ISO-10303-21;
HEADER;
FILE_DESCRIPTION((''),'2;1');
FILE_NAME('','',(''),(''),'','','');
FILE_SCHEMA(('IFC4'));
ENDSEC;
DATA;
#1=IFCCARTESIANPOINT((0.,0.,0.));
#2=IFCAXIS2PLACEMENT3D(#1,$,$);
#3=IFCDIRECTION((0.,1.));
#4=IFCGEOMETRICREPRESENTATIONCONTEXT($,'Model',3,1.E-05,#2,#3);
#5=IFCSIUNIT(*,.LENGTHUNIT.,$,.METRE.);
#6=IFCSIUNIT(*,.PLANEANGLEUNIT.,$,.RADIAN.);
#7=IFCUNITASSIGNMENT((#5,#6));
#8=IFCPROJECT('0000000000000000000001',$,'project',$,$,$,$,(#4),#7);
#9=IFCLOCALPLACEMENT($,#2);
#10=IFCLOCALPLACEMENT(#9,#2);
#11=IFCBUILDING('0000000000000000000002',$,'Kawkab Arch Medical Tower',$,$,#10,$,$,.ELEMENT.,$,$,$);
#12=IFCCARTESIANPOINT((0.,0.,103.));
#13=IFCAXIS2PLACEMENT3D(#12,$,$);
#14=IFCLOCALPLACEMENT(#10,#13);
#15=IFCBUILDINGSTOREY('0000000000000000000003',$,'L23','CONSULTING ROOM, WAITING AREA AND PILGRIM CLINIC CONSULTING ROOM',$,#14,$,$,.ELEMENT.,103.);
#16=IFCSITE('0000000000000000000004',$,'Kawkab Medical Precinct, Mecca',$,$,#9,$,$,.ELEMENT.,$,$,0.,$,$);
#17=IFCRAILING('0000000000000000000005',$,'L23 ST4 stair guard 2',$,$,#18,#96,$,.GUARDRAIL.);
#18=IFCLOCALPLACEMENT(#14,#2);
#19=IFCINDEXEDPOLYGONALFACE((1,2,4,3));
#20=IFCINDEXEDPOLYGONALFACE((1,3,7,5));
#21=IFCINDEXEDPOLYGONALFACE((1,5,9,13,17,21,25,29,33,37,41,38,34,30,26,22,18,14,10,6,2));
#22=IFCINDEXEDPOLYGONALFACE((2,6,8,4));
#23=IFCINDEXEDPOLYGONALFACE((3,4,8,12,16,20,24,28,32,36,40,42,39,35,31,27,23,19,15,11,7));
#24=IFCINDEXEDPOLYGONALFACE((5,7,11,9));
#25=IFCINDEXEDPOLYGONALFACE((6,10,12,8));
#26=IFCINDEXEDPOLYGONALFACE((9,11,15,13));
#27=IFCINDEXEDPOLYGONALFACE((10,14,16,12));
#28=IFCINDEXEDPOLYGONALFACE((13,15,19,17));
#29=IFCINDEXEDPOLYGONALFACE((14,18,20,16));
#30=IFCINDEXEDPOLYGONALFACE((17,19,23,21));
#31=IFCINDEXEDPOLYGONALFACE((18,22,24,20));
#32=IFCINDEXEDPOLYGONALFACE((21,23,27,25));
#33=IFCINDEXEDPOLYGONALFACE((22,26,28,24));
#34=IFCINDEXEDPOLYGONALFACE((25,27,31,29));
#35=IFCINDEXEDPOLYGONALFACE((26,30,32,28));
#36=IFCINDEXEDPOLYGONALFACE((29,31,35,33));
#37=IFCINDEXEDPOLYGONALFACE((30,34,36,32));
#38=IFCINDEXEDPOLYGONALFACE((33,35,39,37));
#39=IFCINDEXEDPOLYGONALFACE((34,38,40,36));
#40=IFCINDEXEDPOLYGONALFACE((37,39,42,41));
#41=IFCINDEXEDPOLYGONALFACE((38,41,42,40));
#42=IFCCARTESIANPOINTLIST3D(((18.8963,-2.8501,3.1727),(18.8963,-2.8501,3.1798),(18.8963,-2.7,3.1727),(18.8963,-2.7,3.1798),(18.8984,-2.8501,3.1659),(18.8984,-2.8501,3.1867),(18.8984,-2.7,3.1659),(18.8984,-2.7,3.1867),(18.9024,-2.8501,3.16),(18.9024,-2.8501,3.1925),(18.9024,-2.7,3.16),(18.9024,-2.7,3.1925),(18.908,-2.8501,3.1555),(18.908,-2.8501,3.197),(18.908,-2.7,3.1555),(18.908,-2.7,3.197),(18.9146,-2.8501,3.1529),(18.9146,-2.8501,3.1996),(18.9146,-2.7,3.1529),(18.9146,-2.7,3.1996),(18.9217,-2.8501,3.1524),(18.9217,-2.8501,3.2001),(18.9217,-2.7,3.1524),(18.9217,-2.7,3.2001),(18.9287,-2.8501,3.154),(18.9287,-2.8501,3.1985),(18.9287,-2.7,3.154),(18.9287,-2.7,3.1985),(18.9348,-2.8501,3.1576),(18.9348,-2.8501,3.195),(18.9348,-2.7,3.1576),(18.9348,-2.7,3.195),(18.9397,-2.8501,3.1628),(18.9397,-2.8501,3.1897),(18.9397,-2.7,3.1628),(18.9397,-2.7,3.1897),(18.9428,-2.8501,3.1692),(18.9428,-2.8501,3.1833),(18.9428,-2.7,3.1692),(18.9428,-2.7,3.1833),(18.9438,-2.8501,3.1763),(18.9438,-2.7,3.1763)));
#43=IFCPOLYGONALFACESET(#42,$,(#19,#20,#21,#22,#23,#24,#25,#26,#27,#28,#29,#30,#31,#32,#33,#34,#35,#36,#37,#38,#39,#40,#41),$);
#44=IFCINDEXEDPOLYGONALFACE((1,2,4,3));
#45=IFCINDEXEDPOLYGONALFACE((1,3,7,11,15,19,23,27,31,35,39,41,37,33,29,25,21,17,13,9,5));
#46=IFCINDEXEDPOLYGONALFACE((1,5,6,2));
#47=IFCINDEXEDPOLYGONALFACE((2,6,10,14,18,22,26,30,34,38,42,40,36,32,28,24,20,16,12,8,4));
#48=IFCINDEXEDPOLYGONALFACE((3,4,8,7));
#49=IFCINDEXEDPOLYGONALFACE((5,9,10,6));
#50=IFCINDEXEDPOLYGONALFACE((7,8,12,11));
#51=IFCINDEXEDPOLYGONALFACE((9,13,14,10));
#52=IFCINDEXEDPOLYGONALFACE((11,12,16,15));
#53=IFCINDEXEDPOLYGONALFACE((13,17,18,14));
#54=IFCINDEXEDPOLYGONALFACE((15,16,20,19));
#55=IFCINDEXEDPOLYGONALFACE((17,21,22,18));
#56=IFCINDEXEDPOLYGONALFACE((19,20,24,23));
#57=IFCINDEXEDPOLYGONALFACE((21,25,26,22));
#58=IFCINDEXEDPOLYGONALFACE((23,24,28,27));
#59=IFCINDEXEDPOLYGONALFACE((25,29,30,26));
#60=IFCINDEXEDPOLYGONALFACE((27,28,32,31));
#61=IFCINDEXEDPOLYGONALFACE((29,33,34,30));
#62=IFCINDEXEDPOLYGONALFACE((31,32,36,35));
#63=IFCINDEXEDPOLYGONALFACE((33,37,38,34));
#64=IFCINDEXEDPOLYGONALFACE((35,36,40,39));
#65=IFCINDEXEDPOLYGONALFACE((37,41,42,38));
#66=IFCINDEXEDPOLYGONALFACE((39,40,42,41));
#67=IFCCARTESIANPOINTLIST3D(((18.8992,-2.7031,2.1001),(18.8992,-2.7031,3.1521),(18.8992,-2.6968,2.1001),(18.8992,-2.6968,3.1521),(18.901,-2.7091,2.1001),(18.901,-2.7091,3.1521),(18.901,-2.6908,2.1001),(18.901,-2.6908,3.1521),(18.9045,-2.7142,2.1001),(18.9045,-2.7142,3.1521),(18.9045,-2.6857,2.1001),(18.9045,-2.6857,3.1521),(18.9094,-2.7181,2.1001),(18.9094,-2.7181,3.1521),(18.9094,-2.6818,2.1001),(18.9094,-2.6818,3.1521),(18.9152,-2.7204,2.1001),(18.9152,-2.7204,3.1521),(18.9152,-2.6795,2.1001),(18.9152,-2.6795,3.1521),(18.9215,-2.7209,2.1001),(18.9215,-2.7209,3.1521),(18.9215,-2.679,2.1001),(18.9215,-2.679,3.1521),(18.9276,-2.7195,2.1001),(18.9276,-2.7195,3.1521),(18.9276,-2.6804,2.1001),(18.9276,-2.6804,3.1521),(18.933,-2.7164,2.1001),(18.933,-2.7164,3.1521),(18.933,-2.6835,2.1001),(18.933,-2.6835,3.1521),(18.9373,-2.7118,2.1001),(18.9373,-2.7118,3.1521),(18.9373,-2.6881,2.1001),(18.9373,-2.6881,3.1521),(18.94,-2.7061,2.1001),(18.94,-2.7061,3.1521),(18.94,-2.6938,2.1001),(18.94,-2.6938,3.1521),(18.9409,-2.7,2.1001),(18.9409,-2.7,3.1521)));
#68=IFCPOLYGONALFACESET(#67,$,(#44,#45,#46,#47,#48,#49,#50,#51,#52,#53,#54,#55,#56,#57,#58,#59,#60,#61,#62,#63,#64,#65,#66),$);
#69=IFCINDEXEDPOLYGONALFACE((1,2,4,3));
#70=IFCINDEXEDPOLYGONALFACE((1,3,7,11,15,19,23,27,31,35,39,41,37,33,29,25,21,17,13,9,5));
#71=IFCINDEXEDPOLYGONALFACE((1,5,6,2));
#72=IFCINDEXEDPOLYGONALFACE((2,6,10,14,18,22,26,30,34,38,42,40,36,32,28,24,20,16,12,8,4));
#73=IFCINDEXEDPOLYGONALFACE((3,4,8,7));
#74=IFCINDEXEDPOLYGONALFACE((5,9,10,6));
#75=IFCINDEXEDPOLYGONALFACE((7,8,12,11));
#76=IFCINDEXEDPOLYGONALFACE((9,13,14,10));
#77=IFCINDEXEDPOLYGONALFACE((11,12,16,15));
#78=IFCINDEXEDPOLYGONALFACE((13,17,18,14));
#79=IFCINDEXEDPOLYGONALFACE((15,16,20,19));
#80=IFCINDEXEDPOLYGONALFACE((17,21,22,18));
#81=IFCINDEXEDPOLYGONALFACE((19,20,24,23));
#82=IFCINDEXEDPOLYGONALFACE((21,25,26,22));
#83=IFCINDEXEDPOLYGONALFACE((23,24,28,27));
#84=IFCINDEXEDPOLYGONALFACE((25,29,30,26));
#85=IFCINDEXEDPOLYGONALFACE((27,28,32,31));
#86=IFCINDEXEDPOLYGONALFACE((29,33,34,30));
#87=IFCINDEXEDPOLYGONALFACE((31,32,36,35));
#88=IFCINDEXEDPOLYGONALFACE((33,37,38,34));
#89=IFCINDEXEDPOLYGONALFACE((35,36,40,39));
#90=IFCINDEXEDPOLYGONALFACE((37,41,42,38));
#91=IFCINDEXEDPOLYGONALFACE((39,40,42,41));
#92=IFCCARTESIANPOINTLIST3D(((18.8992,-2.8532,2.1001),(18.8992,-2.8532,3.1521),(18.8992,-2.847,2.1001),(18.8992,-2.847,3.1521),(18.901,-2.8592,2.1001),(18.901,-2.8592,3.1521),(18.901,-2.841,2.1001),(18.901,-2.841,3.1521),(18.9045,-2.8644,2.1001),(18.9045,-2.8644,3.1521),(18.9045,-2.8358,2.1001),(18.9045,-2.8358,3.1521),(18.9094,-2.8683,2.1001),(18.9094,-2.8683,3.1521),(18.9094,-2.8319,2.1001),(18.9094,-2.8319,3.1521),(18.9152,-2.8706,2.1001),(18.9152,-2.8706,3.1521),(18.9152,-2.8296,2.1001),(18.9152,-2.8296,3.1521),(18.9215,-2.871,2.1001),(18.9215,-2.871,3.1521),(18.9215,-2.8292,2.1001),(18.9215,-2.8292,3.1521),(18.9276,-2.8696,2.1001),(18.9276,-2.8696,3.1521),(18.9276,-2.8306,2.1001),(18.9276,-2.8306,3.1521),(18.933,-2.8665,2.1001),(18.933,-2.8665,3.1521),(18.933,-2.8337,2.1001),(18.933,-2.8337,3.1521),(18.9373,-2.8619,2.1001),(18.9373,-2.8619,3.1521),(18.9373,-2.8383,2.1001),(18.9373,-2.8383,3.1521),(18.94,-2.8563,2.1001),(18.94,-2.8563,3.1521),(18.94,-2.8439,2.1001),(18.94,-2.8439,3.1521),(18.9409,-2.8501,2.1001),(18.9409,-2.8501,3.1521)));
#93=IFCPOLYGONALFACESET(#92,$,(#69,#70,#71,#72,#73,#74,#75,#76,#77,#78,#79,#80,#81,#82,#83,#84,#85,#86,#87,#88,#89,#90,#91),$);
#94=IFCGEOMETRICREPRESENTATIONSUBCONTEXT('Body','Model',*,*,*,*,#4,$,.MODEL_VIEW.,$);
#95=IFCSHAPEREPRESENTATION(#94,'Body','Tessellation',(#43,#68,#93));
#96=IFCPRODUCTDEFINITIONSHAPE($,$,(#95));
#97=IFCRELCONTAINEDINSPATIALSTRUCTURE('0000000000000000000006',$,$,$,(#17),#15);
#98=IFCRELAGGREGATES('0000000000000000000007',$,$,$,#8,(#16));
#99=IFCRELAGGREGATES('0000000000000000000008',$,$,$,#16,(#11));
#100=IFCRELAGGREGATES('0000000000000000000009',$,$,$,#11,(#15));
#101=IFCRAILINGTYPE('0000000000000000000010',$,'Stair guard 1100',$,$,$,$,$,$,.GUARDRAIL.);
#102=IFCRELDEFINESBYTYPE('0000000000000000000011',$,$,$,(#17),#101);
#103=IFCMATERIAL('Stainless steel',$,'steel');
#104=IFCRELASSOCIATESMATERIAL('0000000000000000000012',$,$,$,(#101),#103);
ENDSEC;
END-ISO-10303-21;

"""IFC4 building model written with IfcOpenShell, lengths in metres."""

from ifc_helpers import new_model, si_unit, direction, frame, origin, origin_2d, place, context, subcontext, project, spatial, circle, extrude, material, type_object, element, save


model = new_model("IFC4")

# Units and contexts
model_context = context("Model", 3, precision=1e-05, world=origin(), true_north=direction((0.0, 1.0)))
body_context = subcontext(model_context, "Body", "Model", "MODEL_VIEW")
ifc_project = project(units=[si_unit("LENGTHUNIT", "METRE"), si_unit("PLANEANGLEUNIT", "RADIAN")], contexts=[model_context])

# Site, building, storey
site_placement = place(None, origin())
site = spatial("IfcSite", under=ifc_project, at=site_placement, Name="Kawkab Medical Precinct, Mecca", CompositionType="ELEMENT", RefElevation=0.0)
building_placement = place(site_placement, origin())
building = spatial("IfcBuilding", under=site, at=building_placement, Name="Kawkab Arch Medical Tower", CompositionType="ELEMENT")
storey_placement = place(building_placement, frame((0.0, 0.0, 103.0)))
storey = spatial("IfcBuildingStorey", under=building, at=storey_placement, Name="L23", Description="CONSULTING ROOM, WAITING AREA AND PILGRIM CLINIC CONSULTING ROOM", CompositionType="ELEMENT", Elevation=103.0)

# Railing
ifc_material_1 = material(Name="Stainless steel", Category="steel")
railing_type_1 = type_object("IfcRailingType", Name="Stair guard 1100", PredefinedType="GUARDRAIL", material=ifc_material_1)
railing_1_placement = place(storey_placement, frame((18.9199, -2.7, 2.1001)))
element("IfcRailing", 1, at=railing_1_placement, inside=storey, type_object=railing_type_1, Name="L23 ST4 stair guard 2", PredefinedType="GUARDRAIL", context=body_context, shape_type="SweptSolid", body=[
    extrude(circle(Radius=0.0239, at=origin_2d()), frame((0.0, 0.0, 1.0762), z_axis=(0.0, -1.0, 0.0), x_axis=(1.0, 0.0, 0.0)), (0.0, 0.0, 1.0), 0.1501),
    extrude(circle(Radius=0.021, at=origin_2d()), origin(), (0.0, 0.0, 1.0), 1.052),
    extrude(circle(Radius=0.021, at=origin_2d()), frame((0.0, -0.1501, 0.0)), (0.0, 0.0, 1.0), 1.052),
])

save(model, "model.ifc")
